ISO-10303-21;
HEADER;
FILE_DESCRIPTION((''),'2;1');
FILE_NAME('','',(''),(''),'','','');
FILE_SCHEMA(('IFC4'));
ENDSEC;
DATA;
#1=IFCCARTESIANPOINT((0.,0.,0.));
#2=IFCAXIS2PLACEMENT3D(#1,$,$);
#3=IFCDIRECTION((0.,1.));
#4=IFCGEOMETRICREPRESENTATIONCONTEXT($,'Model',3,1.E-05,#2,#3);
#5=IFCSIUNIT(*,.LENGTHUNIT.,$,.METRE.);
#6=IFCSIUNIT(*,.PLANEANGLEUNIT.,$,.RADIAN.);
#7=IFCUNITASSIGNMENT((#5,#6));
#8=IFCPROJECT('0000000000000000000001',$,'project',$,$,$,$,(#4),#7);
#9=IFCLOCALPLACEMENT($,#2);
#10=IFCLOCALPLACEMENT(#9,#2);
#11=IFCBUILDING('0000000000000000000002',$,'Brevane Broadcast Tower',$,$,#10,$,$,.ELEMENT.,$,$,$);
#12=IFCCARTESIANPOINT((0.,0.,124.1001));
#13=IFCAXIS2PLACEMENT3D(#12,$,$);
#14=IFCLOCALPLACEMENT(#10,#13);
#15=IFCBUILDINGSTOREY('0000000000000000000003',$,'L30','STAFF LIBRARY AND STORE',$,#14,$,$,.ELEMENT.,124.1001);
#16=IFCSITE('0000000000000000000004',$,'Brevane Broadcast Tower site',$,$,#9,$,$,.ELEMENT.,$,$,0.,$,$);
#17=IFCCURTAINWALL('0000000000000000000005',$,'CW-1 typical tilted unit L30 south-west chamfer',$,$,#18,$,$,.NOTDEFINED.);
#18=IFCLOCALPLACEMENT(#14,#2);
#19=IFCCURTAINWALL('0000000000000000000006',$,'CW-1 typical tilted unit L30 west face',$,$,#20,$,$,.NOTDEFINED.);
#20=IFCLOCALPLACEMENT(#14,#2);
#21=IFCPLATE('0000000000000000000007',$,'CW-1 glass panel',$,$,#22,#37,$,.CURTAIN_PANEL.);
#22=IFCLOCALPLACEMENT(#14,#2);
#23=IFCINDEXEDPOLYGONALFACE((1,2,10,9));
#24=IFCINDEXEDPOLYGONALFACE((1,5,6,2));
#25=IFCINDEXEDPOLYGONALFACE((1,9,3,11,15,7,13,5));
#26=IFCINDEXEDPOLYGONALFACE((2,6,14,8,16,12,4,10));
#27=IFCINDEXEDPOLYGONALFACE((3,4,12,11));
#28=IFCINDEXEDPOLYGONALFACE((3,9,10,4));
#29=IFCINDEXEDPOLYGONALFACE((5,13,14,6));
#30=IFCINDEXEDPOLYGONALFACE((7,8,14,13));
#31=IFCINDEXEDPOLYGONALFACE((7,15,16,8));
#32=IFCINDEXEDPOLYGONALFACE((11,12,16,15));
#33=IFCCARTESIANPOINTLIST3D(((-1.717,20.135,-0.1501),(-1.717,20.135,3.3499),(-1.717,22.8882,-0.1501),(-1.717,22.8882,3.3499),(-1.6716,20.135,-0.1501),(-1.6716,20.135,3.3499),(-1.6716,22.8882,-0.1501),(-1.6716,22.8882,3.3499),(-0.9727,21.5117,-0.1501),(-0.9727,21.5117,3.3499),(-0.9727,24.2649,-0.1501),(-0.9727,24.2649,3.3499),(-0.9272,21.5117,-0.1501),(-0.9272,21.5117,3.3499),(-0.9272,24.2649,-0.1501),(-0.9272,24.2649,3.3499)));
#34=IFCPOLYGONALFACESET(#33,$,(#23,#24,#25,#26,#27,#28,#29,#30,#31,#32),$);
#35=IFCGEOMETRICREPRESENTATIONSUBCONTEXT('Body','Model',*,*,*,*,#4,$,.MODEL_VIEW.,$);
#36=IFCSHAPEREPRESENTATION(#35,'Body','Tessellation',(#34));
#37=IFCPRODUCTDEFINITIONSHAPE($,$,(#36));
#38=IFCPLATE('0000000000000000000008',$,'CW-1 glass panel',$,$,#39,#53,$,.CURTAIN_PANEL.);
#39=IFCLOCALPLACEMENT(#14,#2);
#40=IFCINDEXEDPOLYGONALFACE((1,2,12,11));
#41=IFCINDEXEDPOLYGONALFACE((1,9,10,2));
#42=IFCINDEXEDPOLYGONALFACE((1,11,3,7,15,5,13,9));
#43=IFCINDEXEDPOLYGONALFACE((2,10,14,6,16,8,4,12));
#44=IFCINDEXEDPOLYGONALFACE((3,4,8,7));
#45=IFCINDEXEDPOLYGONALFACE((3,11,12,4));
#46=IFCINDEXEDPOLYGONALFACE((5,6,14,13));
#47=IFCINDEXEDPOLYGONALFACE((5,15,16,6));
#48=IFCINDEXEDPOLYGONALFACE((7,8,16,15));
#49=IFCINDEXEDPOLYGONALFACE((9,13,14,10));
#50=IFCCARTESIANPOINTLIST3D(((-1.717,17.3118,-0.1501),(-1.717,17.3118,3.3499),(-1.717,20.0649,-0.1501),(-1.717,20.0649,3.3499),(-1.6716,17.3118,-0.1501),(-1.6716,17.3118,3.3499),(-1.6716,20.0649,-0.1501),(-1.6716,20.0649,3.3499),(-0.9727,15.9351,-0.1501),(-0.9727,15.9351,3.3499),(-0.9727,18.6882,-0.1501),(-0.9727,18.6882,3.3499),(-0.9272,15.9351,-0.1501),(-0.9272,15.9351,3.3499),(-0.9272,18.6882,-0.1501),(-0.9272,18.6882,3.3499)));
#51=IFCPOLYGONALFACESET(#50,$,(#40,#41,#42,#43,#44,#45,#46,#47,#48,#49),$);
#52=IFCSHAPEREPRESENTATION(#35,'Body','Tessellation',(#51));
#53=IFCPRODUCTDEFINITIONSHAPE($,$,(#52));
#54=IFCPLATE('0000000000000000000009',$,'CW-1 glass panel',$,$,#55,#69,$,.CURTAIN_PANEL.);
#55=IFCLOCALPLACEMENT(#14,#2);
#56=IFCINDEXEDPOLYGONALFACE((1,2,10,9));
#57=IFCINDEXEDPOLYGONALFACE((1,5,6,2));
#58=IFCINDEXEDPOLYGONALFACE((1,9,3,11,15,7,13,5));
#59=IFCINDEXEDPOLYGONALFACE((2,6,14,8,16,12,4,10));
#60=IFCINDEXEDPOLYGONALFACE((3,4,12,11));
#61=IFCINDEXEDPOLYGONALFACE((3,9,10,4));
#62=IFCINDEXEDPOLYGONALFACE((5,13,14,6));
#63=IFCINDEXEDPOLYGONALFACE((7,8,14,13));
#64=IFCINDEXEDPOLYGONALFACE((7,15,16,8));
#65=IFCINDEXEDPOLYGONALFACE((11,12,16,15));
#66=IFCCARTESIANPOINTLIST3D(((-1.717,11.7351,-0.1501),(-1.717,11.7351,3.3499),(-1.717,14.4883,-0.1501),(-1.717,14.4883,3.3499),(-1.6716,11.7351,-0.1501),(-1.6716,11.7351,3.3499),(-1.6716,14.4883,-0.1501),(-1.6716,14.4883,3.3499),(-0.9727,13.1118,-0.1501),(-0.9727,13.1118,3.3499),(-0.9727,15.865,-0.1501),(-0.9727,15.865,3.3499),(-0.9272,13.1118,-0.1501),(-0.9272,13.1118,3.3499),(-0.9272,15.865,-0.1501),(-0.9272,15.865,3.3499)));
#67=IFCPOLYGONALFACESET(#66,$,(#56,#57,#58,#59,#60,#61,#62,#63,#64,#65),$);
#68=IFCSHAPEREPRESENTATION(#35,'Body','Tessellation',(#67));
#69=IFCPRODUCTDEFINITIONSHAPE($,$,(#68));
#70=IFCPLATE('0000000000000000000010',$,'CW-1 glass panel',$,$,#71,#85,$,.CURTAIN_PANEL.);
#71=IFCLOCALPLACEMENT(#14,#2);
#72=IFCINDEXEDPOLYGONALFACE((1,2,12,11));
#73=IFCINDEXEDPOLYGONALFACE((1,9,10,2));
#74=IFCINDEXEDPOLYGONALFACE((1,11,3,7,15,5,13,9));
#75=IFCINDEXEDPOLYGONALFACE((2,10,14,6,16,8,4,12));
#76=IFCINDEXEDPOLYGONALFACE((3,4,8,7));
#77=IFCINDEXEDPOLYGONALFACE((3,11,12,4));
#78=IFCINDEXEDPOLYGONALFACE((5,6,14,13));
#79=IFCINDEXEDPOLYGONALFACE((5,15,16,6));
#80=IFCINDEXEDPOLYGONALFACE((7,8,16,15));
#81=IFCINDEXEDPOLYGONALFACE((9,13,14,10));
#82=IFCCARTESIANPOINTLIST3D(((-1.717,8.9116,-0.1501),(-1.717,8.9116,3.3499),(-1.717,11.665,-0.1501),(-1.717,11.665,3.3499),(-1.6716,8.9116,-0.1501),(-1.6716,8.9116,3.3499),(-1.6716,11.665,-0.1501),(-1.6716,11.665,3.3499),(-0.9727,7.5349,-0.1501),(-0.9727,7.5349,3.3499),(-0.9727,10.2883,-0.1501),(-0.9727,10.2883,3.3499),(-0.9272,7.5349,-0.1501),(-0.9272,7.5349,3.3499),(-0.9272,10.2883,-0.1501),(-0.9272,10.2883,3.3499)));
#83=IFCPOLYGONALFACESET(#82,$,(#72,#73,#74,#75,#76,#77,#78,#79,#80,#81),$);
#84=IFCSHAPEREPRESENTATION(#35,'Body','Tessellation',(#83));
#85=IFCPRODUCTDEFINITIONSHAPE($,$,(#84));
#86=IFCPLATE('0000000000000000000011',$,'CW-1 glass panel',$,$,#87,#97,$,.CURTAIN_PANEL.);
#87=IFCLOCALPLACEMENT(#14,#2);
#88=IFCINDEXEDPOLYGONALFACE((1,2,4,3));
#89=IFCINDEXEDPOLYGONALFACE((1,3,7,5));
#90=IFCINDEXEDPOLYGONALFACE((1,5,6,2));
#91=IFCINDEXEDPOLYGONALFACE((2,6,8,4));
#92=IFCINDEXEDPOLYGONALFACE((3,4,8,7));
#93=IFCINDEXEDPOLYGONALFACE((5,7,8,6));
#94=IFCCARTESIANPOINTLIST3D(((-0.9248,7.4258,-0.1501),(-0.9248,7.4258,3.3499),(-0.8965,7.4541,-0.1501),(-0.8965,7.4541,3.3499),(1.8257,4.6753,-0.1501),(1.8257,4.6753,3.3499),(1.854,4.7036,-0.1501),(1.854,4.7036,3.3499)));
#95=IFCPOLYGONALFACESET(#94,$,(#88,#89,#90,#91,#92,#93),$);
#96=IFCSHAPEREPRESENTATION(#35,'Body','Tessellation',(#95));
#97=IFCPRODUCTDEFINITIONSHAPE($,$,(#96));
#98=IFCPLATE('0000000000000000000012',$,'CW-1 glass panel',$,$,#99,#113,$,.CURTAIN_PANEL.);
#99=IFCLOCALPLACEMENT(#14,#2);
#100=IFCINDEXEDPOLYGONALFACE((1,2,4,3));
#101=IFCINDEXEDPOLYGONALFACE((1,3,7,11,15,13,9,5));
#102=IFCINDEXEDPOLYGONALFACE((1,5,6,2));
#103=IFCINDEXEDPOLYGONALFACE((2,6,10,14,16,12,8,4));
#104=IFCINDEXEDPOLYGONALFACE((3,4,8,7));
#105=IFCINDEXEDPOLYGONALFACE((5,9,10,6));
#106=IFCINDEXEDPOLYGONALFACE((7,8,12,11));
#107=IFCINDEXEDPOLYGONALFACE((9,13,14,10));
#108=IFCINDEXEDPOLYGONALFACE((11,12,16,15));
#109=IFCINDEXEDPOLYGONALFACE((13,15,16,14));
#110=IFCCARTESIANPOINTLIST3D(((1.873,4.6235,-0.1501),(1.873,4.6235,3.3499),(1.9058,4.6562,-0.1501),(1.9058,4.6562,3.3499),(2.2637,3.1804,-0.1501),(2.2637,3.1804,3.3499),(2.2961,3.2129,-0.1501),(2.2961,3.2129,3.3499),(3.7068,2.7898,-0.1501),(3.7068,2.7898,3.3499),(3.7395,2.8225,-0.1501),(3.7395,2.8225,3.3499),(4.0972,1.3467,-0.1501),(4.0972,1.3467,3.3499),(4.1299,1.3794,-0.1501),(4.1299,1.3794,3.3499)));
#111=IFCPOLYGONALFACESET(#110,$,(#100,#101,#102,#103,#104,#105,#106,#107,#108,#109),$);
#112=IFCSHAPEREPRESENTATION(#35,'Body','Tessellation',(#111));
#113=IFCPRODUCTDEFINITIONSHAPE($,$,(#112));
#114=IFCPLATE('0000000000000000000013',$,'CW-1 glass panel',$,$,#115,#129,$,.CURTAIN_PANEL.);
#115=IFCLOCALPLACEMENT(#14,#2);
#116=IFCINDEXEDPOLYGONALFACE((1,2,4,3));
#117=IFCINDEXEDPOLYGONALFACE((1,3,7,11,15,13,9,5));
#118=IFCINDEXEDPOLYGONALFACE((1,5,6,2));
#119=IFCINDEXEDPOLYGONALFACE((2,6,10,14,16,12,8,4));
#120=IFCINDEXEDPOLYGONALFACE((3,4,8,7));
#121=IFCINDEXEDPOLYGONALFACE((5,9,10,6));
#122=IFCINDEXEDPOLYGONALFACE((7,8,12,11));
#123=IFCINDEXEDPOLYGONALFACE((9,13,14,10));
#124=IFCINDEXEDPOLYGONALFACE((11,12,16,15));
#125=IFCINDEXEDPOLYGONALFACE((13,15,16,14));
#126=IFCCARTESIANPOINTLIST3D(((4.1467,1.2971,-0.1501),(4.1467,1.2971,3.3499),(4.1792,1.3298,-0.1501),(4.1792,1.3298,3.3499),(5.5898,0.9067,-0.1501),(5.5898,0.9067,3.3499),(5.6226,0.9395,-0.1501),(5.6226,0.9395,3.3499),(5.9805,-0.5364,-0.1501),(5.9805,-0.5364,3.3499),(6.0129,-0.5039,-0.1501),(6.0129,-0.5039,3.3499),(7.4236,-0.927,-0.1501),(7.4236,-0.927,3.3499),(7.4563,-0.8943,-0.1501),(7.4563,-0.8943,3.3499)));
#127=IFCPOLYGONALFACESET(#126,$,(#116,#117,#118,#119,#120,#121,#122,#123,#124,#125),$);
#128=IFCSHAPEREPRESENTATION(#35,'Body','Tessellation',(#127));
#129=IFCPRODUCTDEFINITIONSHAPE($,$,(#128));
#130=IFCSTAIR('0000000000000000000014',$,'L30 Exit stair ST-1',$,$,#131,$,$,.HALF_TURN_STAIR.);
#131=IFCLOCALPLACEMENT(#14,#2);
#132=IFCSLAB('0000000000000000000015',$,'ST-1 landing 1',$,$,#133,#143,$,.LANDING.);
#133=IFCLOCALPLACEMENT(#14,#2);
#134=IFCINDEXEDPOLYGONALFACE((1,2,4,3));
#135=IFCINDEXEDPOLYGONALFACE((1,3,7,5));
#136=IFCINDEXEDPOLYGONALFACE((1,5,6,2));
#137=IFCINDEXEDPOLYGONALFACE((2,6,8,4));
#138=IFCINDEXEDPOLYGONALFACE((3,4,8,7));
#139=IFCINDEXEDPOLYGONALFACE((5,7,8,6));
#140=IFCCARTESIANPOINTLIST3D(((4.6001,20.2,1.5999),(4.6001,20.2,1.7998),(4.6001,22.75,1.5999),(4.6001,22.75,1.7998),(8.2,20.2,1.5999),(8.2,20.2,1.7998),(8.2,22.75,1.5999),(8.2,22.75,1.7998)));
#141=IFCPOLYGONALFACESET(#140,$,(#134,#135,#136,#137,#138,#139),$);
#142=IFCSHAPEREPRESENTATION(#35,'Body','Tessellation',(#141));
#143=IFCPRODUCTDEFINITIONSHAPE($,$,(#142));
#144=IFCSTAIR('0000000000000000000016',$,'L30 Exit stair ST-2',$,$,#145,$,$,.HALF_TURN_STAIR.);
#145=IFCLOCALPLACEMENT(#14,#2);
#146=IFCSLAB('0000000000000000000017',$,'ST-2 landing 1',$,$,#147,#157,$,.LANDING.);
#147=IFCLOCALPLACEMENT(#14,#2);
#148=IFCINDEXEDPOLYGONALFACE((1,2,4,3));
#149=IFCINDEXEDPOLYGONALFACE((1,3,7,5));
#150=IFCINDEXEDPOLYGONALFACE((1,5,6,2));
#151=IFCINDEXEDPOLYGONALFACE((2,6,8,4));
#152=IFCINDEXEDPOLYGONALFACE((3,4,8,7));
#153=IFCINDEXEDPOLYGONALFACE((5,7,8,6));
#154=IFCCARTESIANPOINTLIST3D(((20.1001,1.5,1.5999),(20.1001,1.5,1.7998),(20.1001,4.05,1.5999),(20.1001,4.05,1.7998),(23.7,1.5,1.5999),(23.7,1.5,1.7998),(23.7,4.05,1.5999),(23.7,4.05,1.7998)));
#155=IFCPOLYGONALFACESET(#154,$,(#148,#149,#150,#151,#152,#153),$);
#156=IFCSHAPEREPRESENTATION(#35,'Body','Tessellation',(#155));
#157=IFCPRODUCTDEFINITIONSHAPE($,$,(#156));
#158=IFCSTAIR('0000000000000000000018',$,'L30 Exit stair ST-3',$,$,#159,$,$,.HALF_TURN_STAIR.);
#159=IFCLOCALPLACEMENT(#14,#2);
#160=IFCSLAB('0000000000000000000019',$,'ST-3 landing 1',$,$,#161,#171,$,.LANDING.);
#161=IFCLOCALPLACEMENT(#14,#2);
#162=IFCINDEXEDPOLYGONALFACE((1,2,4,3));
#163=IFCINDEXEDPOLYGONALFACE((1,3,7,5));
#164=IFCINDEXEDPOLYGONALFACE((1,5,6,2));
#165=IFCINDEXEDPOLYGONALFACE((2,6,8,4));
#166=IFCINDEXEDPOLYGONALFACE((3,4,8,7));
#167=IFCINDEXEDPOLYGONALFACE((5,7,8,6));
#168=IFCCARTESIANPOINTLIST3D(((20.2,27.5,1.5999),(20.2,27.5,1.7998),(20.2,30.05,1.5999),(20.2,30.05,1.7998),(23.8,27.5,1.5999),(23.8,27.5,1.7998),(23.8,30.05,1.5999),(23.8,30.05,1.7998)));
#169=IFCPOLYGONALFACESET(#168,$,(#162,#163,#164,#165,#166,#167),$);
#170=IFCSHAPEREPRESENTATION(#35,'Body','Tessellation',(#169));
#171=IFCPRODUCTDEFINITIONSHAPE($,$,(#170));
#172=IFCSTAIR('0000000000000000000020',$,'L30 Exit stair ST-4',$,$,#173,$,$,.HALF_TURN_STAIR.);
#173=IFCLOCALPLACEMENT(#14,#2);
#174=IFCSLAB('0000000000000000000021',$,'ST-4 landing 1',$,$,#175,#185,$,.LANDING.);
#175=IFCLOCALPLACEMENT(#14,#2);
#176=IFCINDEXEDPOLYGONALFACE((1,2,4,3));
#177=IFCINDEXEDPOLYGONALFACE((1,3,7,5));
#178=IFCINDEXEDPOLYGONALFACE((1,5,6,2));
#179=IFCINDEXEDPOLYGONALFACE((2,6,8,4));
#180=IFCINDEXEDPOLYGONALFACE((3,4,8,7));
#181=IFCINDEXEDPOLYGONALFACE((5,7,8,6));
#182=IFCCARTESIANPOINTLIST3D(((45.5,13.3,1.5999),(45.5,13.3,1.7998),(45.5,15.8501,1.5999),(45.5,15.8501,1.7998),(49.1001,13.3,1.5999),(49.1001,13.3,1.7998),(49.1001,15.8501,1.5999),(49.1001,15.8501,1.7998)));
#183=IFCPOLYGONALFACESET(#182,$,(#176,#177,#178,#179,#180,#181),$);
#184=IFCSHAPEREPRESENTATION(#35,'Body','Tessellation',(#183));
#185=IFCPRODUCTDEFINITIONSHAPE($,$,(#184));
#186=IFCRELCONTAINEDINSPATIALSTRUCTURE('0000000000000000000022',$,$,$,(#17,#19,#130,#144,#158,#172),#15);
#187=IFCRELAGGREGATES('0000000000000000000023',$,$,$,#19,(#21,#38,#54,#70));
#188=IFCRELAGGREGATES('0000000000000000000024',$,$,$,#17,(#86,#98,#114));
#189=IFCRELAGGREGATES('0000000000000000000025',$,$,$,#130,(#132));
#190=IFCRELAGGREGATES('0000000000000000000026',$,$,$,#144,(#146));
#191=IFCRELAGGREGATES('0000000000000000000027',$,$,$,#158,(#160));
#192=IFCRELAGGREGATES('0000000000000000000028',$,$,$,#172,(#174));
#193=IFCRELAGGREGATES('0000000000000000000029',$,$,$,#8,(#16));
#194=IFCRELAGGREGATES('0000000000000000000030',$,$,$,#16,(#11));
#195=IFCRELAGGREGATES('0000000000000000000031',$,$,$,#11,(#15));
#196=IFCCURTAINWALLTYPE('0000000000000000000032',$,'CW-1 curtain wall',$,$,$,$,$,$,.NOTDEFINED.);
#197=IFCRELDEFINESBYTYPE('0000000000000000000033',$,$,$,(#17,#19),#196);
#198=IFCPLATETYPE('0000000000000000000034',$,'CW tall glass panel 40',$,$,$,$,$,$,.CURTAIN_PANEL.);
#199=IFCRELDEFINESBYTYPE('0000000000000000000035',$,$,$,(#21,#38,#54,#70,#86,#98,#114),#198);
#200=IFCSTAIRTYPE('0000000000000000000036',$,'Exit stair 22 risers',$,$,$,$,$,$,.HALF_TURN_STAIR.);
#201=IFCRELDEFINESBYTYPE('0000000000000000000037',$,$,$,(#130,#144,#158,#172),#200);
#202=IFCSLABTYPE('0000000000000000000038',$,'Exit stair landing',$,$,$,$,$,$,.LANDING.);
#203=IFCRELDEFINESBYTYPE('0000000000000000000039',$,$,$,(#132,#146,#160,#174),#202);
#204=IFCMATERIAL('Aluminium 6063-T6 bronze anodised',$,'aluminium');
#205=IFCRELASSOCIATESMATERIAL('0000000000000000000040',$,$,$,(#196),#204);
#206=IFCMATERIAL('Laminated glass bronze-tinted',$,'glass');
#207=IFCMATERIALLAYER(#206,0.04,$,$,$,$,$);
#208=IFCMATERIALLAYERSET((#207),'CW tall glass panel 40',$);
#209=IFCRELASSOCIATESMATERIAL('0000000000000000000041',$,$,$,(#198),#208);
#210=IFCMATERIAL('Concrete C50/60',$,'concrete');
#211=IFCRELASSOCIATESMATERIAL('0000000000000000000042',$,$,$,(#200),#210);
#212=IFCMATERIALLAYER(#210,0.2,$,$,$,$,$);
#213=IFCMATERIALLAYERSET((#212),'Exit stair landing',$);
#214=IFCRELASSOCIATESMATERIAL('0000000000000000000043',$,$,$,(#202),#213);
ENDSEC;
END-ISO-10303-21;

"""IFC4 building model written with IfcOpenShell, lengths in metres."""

from ifc_helpers import new_model, si_unit, direction, frame, origin, place, context, subcontext, project, spatial, polyline, outline, extrude, material, layer, layer_set, type_object, element, aggregate, save


model = new_model("IFC4")

# Units and contexts
model_context = context("Model", 3, precision=1e-05, world=origin(), true_north=direction((0.0, 1.0)))
body_context = subcontext(model_context, "Body", "Model", "MODEL_VIEW")
ifc_project = project(units=[si_unit("LENGTHUNIT", "METRE"), si_unit("PLANEANGLEUNIT", "RADIAN")], contexts=[model_context])

# Site, building, storey
site_placement = place(None, origin())
site = spatial("IfcSite", under=ifc_project, at=site_placement, Name="Brevane Broadcast Tower site", CompositionType="ELEMENT", RefElevation=0.0)
building_placement = place(site_placement, origin())
building = spatial("IfcBuilding", under=site, at=building_placement, Name="Brevane Broadcast Tower", CompositionType="ELEMENT")
storey_placement = place(building_placement, frame((0.0, 0.0, 124.1001)))
storey = spatial("IfcBuildingStorey", under=building, at=storey_placement, Name="L30", Description="STAFF LIBRARY AND STORE", CompositionType="ELEMENT", Elevation=124.1001)

# Curtain wall
ifc_material_1 = material(Name="Aluminium 6063-T6 bronze anodised", Category="aluminium")
curtain_wall_type = type_object("IfcCurtainWallType", Name="CW-1 curtain wall", PredefinedType="NOTDEFINED", material=ifc_material_1)
curtain_wall_1_placement = place(storey_placement, origin())
curtain_wall_1 = element("IfcCurtainWall", 1, at=curtain_wall_1_placement, inside=storey, type_object=curtain_wall_type, Name="CW-1 typical tilted unit L30 south-west chamfer", PredefinedType="NOTDEFINED")

# Curtain wall, plates
curtain_wall_2_placement = place(storey_placement, origin())
curtain_wall_2 = element("IfcCurtainWall", 2, at=curtain_wall_2_placement, inside=storey, type_object=curtain_wall_type, Name="CW-1 typical tilted unit L30 west face", PredefinedType="NOTDEFINED")
ifc_material_2 = material(Name="Laminated glass bronze-tinted", Category="glass")
ifc_layer_1 = layer(ifc_material_2, 0.04)
ifc_layer_set_1 = layer_set([ifc_layer_1], Name="CW tall glass panel 40")
plate_type = type_object("IfcPlateType", Name="CW tall glass panel 40", PredefinedType="CURTAIN_PANEL", material=ifc_layer_set_1)
plate_1_placement = place(storey_placement, frame((0.0, 0.0, -0.1501)))
plate_1 = element("IfcPlate", 3, at=plate_1_placement, type_object=plate_type, Name="CW-1 glass panel", PredefinedType="CURTAIN_PANEL", context=body_context, shape_type="SweptSolid", body=[
    extrude(outline(polyline([(-0.9272, 24.2649), (-0.9727, 24.2649), (-1.717, 22.8882), (-0.9727, 21.5117), (-1.717, 20.135), (-1.6716, 20.135), (-0.9272, 21.5117), (-1.6716, 22.8882), (-0.9272, 24.2649)])), origin(), (0.0, 0.0, 1.0), 3.5),
])
plate_2_placement = place(storey_placement, frame((0.0, 0.0, -0.1501)))
plate_2 = element("IfcPlate", 4, at=plate_2_placement, type_object=plate_type, Name="CW-1 glass panel", PredefinedType="CURTAIN_PANEL", context=body_context, shape_type="SweptSolid", body=[
    extrude(outline(polyline([(-1.6716, 20.0649), (-1.717, 20.0649), (-0.9727, 18.6882), (-1.717, 17.3118), (-0.9727, 15.9351), (-0.9272, 15.9351), (-1.6716, 17.3118), (-0.9272, 18.6882), (-1.6716, 20.0649)])), origin(), (0.0, 0.0, 1.0), 3.5),
])
plate_3_placement = place(storey_placement, frame((0.0, 0.0, -0.1501)))
plate_3 = element("IfcPlate", 5, at=plate_3_placement, type_object=plate_type, Name="CW-1 glass panel", PredefinedType="CURTAIN_PANEL", context=body_context, shape_type="SweptSolid", body=[
    extrude(outline(polyline([(-0.9272, 15.865), (-0.9727, 15.865), (-1.717, 14.4883), (-0.9727, 13.1118), (-1.717, 11.7351), (-1.6716, 11.7351), (-0.9272, 13.1118), (-1.6716, 14.4883), (-0.9272, 15.865)])), origin(), (0.0, 0.0, 1.0), 3.5),
])
plate_4_placement = place(storey_placement, frame((0.0, 0.0, -0.1501)))
plate_4 = element("IfcPlate", 6, at=plate_4_placement, type_object=plate_type, Name="CW-1 glass panel", PredefinedType="CURTAIN_PANEL", context=body_context, shape_type="SweptSolid", body=[
    extrude(outline(polyline([(-1.6716, 11.665), (-1.717, 11.665), (-0.9727, 10.2883), (-1.717, 8.9116), (-0.9727, 7.5349), (-0.9272, 7.5349), (-1.6716, 8.9116), (-0.9272, 10.2883), (-1.6716, 11.665)])), origin(), (0.0, 0.0, 1.0), 3.5),
])
aggregate(curtain_wall_2, [plate_1, plate_2, plate_3, plate_4])

# Plates
plate_5_placement = place(storey_placement, frame((0.0, 0.0, -0.1501)))
plate_5 = element("IfcPlate", 7, at=plate_5_placement, type_object=plate_type, Name="CW-1 glass panel", PredefinedType="CURTAIN_PANEL", context=body_context, shape_type="SweptSolid", body=[
    extrude(outline(polyline([(-0.8965, 7.4541), (1.854, 4.7036), (1.8257, 4.6753), (-0.9248, 7.4258), (-0.8965, 7.4541)])), origin(), (0.0, 0.0, 1.0), 3.5),
])
plate_6_placement = place(storey_placement, frame((0.0, 0.0, -0.1501)))
plate_6 = element("IfcPlate", 8, at=plate_6_placement, type_object=plate_type, Name="CW-1 glass panel", PredefinedType="CURTAIN_PANEL", context=body_context, shape_type="SweptSolid", body=[
    extrude(outline(polyline([(1.9058, 4.6562), (1.873, 4.6235), (2.2637, 3.1804), (3.7068, 2.7898), (4.0972, 1.3467), (4.1299, 1.3794), (3.7395, 2.8225), (2.2961, 3.2129), (1.9058, 4.6562)])), origin(), (0.0, 0.0, 1.0), 3.5),
])
plate_7_placement = place(storey_placement, frame((0.0, 0.0, -0.1501)))
plate_7 = element("IfcPlate", 9, at=plate_7_placement, type_object=plate_type, Name="CW-1 glass panel", PredefinedType="CURTAIN_PANEL", context=body_context, shape_type="SweptSolid", body=[
    extrude(outline(polyline([(4.1792, 1.3298), (4.1467, 1.2971), (5.5898, 0.9067), (5.9805, -0.5364), (7.4236, -0.927), (7.4563, -0.8943), (6.0129, -0.5039), (5.6226, 0.9395), (4.1792, 1.3298)])), origin(), (0.0, 0.0, 1.0), 3.5),
])
aggregate(curtain_wall_1, [plate_5, plate_6, plate_7])

# Stairs, slabs
ifc_material_3 = material(Name="Concrete C50/60", Category="concrete")
stair_type = type_object("IfcStairType", Name="Exit stair 22 risers", PredefinedType="HALF_TURN_STAIR", material=ifc_material_3)
stair_1_placement = place(storey_placement, origin())
stair_1 = element("IfcStair", 10, at=stair_1_placement, inside=storey, type_object=stair_type, Name="L30 Exit stair ST-1", PredefinedType="HALF_TURN_STAIR")
ifc_layer_2 = layer(ifc_material_3, 0.2)
ifc_layer_set_2 = layer_set([ifc_layer_2], Name="Exit stair landing")
slab_type_1 = type_object("IfcSlabType", Name="Exit stair landing", PredefinedType="LANDING", material=ifc_layer_set_2)
slab_1_placement = place(storey_placement, frame((0.0, 0.0, 1.5999)))
slab_1 = element("IfcSlab", 11, at=slab_1_placement, type_object=slab_type_1, Name="ST-1 landing 1", PredefinedType="LANDING", context=body_context, shape_type="SweptSolid", body=[
    extrude(outline(polyline([(4.6001, 20.2), (8.2, 20.2), (8.2, 22.75), (4.6001, 22.75), (4.6001, 20.2)])), origin(), (0.0, 0.0, 1.0), 0.2),
])
aggregate(stair_1, [slab_1])
stair_2_placement = place(storey_placement, origin())
stair_2 = element("IfcStair", 12, at=stair_2_placement, inside=storey, type_object=stair_type, Name="L30 Exit stair ST-2", PredefinedType="HALF_TURN_STAIR")
slab_2_placement = place(storey_placement, frame((0.0, 0.0, 1.5999)))
slab_2 = element("IfcSlab", 13, at=slab_2_placement, type_object=slab_type_1, Name="ST-2 landing 1", PredefinedType="LANDING", context=body_context, shape_type="SweptSolid", body=[
    extrude(outline(polyline([(20.1001, 1.5), (23.7, 1.5), (23.7, 4.05), (20.1001, 4.05), (20.1001, 1.5)])), origin(), (0.0, 0.0, 1.0), 0.2),
])
aggregate(stair_2, [slab_2])
stair_3_placement = place(storey_placement, origin())
stair_3 = element("IfcStair", 14, at=stair_3_placement, inside=storey, type_object=stair_type, Name="L30 Exit stair ST-3", PredefinedType="HALF_TURN_STAIR")
slab_3_placement = place(storey_placement, frame((0.0, 0.0, 1.5999)))
slab_3 = element("IfcSlab", 15, at=slab_3_placement, type_object=slab_type_1, Name="ST-3 landing 1", PredefinedType="LANDING", context=body_context, shape_type="SweptSolid", body=[
    extrude(outline(polyline([(20.2, 27.5), (23.8, 27.5), (23.8, 30.05), (20.2, 30.05), (20.2, 27.5)])), origin(), (0.0, 0.0, 1.0), 0.2),
])
aggregate(stair_3, [slab_3])
stair_4_placement = place(storey_placement, origin())
stair_4 = element("IfcStair", 16, at=stair_4_placement, inside=storey, type_object=stair_type, Name="L30 Exit stair ST-4", PredefinedType="HALF_TURN_STAIR")
slab_4_placement = place(storey_placement, frame((0.0, 0.0, 1.5999)))
slab_4 = element("IfcSlab", 17, at=slab_4_placement, type_object=slab_type_1, Name="ST-4 landing 1", PredefinedType="LANDING", context=body_context, shape_type="SweptSolid", body=[
    extrude(outline(polyline([(45.5, 13.3), (49.1001, 13.3), (49.1001, 15.8501), (45.5, 15.8501), (45.5, 13.3)])), origin(), (0.0, 0.0, 1.0), 0.2),
])
aggregate(stair_4, [slab_4])

save(model, "model.ifc")
